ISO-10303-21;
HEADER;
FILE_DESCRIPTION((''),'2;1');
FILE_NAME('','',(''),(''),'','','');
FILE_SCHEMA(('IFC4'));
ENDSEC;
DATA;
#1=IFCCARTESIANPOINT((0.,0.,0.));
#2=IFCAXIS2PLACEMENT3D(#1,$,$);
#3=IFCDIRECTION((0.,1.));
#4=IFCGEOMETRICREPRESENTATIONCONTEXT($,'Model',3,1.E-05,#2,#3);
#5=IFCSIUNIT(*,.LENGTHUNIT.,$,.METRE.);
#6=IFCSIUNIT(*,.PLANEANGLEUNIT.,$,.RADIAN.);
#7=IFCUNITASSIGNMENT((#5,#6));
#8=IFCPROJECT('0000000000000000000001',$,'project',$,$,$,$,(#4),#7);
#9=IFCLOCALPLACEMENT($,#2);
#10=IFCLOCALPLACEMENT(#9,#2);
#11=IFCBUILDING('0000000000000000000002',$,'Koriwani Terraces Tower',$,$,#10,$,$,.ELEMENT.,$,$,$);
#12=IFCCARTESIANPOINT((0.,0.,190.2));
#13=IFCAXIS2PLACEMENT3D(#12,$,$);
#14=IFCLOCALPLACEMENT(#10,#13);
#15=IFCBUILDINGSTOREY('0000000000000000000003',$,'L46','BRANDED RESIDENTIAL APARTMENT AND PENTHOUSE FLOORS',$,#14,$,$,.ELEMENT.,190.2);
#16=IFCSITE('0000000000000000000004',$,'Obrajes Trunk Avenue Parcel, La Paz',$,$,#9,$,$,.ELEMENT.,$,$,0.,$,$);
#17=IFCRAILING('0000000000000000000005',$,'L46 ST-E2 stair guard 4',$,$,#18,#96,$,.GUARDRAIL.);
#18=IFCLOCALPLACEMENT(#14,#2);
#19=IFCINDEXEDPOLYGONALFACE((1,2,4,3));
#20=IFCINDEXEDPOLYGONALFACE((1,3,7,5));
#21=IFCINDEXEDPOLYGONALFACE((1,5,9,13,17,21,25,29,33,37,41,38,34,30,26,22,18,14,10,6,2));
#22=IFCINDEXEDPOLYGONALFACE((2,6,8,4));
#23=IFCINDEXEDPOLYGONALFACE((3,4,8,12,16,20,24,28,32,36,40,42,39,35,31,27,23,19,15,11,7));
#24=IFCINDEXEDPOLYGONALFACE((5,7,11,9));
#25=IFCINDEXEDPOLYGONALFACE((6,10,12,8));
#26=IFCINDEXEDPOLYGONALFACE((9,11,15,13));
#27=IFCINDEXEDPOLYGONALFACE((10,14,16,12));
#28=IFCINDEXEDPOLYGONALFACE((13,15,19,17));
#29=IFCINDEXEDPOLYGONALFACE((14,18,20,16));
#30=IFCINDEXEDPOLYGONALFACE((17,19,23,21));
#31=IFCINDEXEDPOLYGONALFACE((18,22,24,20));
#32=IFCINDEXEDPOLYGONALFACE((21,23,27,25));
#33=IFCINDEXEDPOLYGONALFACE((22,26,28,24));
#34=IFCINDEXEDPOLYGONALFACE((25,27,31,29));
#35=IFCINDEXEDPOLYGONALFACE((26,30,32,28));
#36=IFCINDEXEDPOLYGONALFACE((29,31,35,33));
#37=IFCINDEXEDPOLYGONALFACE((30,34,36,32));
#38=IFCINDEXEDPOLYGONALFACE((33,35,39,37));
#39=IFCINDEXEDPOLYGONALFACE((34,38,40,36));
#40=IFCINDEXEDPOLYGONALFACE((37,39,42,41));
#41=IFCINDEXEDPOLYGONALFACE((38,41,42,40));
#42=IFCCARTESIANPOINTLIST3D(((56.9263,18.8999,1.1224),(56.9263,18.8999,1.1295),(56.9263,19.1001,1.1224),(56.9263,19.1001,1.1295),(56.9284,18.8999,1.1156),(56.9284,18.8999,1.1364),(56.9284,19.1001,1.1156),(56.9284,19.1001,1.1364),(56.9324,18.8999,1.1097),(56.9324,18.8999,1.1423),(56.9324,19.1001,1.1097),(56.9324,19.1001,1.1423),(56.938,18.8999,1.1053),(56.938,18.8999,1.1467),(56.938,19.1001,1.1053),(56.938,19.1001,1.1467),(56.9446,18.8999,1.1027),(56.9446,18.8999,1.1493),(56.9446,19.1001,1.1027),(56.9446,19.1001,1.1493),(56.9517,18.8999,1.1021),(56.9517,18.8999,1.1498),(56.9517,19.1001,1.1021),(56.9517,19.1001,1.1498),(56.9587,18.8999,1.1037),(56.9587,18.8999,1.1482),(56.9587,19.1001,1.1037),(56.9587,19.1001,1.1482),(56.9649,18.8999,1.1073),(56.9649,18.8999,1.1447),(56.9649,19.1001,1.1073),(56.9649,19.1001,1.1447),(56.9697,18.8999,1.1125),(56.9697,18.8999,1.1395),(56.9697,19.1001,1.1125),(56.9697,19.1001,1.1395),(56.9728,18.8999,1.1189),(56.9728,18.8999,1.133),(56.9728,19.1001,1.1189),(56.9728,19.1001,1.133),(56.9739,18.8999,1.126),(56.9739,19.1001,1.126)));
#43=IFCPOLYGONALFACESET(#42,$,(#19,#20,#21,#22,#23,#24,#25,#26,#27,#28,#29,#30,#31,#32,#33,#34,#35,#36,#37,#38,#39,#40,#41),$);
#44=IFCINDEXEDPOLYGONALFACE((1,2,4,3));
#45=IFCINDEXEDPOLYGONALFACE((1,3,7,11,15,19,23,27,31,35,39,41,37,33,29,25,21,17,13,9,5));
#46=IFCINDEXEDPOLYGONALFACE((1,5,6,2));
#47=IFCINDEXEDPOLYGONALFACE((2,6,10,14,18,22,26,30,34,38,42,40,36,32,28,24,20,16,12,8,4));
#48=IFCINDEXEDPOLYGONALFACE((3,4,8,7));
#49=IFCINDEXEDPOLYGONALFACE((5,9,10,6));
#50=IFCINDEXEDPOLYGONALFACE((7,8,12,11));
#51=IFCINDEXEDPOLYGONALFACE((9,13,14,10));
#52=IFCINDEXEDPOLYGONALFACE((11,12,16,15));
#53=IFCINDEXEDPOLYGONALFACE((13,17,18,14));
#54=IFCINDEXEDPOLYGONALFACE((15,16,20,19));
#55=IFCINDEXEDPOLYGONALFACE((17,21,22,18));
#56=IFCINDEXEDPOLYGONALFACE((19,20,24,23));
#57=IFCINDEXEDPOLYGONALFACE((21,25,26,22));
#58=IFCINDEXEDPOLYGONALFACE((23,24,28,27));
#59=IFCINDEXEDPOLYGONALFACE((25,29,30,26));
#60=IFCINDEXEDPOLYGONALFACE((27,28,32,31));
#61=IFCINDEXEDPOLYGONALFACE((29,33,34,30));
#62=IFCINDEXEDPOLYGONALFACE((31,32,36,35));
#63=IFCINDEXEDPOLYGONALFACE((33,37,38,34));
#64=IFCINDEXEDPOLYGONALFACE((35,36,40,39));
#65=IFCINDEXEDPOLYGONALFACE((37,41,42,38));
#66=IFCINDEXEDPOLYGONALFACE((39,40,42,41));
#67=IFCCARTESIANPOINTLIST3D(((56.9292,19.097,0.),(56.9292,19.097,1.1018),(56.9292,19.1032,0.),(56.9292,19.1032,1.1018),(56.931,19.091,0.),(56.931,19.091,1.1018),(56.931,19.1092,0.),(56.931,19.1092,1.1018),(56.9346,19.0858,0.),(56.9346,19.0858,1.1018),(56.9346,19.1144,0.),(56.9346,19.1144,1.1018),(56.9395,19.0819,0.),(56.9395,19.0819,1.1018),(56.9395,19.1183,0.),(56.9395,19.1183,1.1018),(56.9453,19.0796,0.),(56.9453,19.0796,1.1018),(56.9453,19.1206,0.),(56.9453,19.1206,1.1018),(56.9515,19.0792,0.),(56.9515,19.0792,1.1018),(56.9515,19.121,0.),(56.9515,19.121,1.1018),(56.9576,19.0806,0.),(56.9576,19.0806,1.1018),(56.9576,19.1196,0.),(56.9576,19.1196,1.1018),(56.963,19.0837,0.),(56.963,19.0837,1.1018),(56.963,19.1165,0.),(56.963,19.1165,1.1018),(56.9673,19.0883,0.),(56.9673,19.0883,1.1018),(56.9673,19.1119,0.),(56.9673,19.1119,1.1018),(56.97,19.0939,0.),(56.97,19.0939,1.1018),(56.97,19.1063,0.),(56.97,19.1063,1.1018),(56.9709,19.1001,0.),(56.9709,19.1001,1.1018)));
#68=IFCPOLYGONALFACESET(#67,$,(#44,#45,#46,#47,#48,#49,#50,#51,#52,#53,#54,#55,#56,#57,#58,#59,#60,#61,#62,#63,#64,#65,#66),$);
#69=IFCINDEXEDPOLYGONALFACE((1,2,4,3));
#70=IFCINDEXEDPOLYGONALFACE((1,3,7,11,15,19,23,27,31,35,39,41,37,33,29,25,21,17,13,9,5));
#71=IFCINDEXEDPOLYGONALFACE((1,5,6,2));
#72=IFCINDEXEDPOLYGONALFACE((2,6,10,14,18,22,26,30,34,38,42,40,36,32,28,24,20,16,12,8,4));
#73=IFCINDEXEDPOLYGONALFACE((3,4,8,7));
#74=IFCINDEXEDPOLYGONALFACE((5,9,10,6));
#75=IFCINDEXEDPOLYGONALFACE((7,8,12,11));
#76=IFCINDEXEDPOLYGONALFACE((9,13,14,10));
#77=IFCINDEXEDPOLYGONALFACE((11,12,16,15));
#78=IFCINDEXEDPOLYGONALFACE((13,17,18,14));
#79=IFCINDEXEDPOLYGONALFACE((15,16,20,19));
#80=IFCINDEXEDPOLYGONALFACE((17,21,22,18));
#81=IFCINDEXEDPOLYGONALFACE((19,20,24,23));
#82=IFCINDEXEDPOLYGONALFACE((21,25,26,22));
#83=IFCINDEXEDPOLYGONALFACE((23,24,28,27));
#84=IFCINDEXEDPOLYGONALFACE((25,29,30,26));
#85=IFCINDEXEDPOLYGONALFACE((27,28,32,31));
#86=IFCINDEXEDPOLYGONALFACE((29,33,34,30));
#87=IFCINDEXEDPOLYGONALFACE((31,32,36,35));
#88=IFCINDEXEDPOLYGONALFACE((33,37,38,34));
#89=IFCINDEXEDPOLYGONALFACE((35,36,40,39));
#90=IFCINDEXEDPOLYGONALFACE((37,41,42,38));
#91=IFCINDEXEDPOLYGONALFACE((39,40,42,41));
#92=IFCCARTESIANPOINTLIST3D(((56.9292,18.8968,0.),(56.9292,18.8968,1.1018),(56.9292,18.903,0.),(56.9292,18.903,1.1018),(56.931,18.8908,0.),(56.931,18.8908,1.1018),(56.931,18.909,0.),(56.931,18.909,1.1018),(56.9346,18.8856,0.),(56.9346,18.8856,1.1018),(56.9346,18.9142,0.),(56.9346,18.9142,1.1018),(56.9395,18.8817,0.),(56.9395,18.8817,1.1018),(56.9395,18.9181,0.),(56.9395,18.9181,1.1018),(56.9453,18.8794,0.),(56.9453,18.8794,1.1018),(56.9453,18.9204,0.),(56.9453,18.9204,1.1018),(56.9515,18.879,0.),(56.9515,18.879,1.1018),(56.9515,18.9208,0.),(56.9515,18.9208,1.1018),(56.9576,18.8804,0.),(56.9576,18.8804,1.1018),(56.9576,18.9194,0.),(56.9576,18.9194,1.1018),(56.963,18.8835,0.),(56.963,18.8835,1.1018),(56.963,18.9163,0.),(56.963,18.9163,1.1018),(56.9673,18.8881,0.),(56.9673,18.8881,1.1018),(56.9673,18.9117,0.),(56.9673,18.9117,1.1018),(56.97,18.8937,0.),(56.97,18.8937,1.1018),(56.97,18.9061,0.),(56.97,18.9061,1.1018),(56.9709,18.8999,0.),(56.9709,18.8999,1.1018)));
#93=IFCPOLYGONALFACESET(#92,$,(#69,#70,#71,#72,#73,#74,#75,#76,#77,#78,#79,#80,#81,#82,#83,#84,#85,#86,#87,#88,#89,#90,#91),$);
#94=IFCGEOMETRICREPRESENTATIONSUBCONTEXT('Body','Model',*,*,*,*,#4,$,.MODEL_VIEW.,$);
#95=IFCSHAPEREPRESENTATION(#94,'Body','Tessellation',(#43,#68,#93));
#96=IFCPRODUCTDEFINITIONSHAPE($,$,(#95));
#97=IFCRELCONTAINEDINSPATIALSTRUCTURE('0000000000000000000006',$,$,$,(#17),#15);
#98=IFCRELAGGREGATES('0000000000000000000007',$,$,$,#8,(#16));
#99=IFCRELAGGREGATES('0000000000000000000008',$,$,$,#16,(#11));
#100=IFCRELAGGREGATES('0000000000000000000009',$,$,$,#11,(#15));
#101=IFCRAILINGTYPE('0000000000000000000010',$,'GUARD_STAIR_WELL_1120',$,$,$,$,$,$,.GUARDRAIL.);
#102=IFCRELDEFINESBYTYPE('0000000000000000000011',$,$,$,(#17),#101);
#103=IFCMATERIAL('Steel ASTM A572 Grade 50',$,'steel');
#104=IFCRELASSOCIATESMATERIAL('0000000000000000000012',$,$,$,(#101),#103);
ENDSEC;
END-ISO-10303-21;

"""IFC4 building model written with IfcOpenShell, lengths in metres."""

from ifc_helpers import new_model, si_unit, direction, frame, origin, origin_2d, place, context, subcontext, project, spatial, circle, extrude, material, type_object, element, save


model = new_model("IFC4")

# Units and contexts
model_context = context("Model", 3, precision=1e-05, world=origin(), true_north=direction((0.0, 1.0)))
body_context = subcontext(model_context, "Body", "Model", "MODEL_VIEW")
ifc_project = project(units=[si_unit("LENGTHUNIT", "METRE"), si_unit("PLANEANGLEUNIT", "RADIAN")], contexts=[model_context])

# Site, building, storey
site_placement = place(None, origin())
site = spatial("IfcSite", under=ifc_project, at=site_placement, Name="Obrajes Trunk Avenue Parcel, La Paz", CompositionType="ELEMENT", RefElevation=0.0)
building_placement = place(site_placement, origin())
building = spatial("IfcBuilding", under=site, at=building_placement, Name="Koriwani Terraces Tower", CompositionType="ELEMENT")
storey_placement = place(building_placement, frame((0.0, 0.0, 190.2)))
storey = spatial("IfcBuildingStorey", under=building, at=storey_placement, Name="L46", Description="BRANDED RESIDENTIAL APARTMENT AND PENTHOUSE FLOORS", CompositionType="ELEMENT", Elevation=190.2)

# Shared definitions
ifc_material_1 = material(Name="Steel ASTM A572 Grade 50", Category="steel")

# Railing
railing_type_1 = type_object("IfcRailingType", Name="GUARD_STAIR_WELL_1120", PredefinedType="GUARDRAIL", material=ifc_material_1)
railing_1_placement = place(storey_placement, frame((56.95, 19.1001, 0.0)))
element("IfcRailing", 1, at=railing_1_placement, inside=storey, type_object=railing_type_1, Name="L46 ST-E2 stair guard 4", PredefinedType="GUARDRAIL", context=body_context, shape_type="SweptSolid", body=[
    extrude(circle(Radius=0.0239, at=origin_2d()), frame((0.0, 0.0, 1.126), z_axis=(0.0, -1.0, 0.0), x_axis=(1.0, 0.0, 0.0)), (0.0, 0.0, 1.0), 0.2002),
    extrude(circle(Radius=0.021, at=origin_2d()), origin(), (0.0, 0.0, 1.0), 1.1018),
    extrude(circle(Radius=0.021, at=origin_2d()), frame((0.0, -0.2002, 0.0)), (0.0, 0.0, 1.0), 1.1018),
])

save(model, "model.ifc")
